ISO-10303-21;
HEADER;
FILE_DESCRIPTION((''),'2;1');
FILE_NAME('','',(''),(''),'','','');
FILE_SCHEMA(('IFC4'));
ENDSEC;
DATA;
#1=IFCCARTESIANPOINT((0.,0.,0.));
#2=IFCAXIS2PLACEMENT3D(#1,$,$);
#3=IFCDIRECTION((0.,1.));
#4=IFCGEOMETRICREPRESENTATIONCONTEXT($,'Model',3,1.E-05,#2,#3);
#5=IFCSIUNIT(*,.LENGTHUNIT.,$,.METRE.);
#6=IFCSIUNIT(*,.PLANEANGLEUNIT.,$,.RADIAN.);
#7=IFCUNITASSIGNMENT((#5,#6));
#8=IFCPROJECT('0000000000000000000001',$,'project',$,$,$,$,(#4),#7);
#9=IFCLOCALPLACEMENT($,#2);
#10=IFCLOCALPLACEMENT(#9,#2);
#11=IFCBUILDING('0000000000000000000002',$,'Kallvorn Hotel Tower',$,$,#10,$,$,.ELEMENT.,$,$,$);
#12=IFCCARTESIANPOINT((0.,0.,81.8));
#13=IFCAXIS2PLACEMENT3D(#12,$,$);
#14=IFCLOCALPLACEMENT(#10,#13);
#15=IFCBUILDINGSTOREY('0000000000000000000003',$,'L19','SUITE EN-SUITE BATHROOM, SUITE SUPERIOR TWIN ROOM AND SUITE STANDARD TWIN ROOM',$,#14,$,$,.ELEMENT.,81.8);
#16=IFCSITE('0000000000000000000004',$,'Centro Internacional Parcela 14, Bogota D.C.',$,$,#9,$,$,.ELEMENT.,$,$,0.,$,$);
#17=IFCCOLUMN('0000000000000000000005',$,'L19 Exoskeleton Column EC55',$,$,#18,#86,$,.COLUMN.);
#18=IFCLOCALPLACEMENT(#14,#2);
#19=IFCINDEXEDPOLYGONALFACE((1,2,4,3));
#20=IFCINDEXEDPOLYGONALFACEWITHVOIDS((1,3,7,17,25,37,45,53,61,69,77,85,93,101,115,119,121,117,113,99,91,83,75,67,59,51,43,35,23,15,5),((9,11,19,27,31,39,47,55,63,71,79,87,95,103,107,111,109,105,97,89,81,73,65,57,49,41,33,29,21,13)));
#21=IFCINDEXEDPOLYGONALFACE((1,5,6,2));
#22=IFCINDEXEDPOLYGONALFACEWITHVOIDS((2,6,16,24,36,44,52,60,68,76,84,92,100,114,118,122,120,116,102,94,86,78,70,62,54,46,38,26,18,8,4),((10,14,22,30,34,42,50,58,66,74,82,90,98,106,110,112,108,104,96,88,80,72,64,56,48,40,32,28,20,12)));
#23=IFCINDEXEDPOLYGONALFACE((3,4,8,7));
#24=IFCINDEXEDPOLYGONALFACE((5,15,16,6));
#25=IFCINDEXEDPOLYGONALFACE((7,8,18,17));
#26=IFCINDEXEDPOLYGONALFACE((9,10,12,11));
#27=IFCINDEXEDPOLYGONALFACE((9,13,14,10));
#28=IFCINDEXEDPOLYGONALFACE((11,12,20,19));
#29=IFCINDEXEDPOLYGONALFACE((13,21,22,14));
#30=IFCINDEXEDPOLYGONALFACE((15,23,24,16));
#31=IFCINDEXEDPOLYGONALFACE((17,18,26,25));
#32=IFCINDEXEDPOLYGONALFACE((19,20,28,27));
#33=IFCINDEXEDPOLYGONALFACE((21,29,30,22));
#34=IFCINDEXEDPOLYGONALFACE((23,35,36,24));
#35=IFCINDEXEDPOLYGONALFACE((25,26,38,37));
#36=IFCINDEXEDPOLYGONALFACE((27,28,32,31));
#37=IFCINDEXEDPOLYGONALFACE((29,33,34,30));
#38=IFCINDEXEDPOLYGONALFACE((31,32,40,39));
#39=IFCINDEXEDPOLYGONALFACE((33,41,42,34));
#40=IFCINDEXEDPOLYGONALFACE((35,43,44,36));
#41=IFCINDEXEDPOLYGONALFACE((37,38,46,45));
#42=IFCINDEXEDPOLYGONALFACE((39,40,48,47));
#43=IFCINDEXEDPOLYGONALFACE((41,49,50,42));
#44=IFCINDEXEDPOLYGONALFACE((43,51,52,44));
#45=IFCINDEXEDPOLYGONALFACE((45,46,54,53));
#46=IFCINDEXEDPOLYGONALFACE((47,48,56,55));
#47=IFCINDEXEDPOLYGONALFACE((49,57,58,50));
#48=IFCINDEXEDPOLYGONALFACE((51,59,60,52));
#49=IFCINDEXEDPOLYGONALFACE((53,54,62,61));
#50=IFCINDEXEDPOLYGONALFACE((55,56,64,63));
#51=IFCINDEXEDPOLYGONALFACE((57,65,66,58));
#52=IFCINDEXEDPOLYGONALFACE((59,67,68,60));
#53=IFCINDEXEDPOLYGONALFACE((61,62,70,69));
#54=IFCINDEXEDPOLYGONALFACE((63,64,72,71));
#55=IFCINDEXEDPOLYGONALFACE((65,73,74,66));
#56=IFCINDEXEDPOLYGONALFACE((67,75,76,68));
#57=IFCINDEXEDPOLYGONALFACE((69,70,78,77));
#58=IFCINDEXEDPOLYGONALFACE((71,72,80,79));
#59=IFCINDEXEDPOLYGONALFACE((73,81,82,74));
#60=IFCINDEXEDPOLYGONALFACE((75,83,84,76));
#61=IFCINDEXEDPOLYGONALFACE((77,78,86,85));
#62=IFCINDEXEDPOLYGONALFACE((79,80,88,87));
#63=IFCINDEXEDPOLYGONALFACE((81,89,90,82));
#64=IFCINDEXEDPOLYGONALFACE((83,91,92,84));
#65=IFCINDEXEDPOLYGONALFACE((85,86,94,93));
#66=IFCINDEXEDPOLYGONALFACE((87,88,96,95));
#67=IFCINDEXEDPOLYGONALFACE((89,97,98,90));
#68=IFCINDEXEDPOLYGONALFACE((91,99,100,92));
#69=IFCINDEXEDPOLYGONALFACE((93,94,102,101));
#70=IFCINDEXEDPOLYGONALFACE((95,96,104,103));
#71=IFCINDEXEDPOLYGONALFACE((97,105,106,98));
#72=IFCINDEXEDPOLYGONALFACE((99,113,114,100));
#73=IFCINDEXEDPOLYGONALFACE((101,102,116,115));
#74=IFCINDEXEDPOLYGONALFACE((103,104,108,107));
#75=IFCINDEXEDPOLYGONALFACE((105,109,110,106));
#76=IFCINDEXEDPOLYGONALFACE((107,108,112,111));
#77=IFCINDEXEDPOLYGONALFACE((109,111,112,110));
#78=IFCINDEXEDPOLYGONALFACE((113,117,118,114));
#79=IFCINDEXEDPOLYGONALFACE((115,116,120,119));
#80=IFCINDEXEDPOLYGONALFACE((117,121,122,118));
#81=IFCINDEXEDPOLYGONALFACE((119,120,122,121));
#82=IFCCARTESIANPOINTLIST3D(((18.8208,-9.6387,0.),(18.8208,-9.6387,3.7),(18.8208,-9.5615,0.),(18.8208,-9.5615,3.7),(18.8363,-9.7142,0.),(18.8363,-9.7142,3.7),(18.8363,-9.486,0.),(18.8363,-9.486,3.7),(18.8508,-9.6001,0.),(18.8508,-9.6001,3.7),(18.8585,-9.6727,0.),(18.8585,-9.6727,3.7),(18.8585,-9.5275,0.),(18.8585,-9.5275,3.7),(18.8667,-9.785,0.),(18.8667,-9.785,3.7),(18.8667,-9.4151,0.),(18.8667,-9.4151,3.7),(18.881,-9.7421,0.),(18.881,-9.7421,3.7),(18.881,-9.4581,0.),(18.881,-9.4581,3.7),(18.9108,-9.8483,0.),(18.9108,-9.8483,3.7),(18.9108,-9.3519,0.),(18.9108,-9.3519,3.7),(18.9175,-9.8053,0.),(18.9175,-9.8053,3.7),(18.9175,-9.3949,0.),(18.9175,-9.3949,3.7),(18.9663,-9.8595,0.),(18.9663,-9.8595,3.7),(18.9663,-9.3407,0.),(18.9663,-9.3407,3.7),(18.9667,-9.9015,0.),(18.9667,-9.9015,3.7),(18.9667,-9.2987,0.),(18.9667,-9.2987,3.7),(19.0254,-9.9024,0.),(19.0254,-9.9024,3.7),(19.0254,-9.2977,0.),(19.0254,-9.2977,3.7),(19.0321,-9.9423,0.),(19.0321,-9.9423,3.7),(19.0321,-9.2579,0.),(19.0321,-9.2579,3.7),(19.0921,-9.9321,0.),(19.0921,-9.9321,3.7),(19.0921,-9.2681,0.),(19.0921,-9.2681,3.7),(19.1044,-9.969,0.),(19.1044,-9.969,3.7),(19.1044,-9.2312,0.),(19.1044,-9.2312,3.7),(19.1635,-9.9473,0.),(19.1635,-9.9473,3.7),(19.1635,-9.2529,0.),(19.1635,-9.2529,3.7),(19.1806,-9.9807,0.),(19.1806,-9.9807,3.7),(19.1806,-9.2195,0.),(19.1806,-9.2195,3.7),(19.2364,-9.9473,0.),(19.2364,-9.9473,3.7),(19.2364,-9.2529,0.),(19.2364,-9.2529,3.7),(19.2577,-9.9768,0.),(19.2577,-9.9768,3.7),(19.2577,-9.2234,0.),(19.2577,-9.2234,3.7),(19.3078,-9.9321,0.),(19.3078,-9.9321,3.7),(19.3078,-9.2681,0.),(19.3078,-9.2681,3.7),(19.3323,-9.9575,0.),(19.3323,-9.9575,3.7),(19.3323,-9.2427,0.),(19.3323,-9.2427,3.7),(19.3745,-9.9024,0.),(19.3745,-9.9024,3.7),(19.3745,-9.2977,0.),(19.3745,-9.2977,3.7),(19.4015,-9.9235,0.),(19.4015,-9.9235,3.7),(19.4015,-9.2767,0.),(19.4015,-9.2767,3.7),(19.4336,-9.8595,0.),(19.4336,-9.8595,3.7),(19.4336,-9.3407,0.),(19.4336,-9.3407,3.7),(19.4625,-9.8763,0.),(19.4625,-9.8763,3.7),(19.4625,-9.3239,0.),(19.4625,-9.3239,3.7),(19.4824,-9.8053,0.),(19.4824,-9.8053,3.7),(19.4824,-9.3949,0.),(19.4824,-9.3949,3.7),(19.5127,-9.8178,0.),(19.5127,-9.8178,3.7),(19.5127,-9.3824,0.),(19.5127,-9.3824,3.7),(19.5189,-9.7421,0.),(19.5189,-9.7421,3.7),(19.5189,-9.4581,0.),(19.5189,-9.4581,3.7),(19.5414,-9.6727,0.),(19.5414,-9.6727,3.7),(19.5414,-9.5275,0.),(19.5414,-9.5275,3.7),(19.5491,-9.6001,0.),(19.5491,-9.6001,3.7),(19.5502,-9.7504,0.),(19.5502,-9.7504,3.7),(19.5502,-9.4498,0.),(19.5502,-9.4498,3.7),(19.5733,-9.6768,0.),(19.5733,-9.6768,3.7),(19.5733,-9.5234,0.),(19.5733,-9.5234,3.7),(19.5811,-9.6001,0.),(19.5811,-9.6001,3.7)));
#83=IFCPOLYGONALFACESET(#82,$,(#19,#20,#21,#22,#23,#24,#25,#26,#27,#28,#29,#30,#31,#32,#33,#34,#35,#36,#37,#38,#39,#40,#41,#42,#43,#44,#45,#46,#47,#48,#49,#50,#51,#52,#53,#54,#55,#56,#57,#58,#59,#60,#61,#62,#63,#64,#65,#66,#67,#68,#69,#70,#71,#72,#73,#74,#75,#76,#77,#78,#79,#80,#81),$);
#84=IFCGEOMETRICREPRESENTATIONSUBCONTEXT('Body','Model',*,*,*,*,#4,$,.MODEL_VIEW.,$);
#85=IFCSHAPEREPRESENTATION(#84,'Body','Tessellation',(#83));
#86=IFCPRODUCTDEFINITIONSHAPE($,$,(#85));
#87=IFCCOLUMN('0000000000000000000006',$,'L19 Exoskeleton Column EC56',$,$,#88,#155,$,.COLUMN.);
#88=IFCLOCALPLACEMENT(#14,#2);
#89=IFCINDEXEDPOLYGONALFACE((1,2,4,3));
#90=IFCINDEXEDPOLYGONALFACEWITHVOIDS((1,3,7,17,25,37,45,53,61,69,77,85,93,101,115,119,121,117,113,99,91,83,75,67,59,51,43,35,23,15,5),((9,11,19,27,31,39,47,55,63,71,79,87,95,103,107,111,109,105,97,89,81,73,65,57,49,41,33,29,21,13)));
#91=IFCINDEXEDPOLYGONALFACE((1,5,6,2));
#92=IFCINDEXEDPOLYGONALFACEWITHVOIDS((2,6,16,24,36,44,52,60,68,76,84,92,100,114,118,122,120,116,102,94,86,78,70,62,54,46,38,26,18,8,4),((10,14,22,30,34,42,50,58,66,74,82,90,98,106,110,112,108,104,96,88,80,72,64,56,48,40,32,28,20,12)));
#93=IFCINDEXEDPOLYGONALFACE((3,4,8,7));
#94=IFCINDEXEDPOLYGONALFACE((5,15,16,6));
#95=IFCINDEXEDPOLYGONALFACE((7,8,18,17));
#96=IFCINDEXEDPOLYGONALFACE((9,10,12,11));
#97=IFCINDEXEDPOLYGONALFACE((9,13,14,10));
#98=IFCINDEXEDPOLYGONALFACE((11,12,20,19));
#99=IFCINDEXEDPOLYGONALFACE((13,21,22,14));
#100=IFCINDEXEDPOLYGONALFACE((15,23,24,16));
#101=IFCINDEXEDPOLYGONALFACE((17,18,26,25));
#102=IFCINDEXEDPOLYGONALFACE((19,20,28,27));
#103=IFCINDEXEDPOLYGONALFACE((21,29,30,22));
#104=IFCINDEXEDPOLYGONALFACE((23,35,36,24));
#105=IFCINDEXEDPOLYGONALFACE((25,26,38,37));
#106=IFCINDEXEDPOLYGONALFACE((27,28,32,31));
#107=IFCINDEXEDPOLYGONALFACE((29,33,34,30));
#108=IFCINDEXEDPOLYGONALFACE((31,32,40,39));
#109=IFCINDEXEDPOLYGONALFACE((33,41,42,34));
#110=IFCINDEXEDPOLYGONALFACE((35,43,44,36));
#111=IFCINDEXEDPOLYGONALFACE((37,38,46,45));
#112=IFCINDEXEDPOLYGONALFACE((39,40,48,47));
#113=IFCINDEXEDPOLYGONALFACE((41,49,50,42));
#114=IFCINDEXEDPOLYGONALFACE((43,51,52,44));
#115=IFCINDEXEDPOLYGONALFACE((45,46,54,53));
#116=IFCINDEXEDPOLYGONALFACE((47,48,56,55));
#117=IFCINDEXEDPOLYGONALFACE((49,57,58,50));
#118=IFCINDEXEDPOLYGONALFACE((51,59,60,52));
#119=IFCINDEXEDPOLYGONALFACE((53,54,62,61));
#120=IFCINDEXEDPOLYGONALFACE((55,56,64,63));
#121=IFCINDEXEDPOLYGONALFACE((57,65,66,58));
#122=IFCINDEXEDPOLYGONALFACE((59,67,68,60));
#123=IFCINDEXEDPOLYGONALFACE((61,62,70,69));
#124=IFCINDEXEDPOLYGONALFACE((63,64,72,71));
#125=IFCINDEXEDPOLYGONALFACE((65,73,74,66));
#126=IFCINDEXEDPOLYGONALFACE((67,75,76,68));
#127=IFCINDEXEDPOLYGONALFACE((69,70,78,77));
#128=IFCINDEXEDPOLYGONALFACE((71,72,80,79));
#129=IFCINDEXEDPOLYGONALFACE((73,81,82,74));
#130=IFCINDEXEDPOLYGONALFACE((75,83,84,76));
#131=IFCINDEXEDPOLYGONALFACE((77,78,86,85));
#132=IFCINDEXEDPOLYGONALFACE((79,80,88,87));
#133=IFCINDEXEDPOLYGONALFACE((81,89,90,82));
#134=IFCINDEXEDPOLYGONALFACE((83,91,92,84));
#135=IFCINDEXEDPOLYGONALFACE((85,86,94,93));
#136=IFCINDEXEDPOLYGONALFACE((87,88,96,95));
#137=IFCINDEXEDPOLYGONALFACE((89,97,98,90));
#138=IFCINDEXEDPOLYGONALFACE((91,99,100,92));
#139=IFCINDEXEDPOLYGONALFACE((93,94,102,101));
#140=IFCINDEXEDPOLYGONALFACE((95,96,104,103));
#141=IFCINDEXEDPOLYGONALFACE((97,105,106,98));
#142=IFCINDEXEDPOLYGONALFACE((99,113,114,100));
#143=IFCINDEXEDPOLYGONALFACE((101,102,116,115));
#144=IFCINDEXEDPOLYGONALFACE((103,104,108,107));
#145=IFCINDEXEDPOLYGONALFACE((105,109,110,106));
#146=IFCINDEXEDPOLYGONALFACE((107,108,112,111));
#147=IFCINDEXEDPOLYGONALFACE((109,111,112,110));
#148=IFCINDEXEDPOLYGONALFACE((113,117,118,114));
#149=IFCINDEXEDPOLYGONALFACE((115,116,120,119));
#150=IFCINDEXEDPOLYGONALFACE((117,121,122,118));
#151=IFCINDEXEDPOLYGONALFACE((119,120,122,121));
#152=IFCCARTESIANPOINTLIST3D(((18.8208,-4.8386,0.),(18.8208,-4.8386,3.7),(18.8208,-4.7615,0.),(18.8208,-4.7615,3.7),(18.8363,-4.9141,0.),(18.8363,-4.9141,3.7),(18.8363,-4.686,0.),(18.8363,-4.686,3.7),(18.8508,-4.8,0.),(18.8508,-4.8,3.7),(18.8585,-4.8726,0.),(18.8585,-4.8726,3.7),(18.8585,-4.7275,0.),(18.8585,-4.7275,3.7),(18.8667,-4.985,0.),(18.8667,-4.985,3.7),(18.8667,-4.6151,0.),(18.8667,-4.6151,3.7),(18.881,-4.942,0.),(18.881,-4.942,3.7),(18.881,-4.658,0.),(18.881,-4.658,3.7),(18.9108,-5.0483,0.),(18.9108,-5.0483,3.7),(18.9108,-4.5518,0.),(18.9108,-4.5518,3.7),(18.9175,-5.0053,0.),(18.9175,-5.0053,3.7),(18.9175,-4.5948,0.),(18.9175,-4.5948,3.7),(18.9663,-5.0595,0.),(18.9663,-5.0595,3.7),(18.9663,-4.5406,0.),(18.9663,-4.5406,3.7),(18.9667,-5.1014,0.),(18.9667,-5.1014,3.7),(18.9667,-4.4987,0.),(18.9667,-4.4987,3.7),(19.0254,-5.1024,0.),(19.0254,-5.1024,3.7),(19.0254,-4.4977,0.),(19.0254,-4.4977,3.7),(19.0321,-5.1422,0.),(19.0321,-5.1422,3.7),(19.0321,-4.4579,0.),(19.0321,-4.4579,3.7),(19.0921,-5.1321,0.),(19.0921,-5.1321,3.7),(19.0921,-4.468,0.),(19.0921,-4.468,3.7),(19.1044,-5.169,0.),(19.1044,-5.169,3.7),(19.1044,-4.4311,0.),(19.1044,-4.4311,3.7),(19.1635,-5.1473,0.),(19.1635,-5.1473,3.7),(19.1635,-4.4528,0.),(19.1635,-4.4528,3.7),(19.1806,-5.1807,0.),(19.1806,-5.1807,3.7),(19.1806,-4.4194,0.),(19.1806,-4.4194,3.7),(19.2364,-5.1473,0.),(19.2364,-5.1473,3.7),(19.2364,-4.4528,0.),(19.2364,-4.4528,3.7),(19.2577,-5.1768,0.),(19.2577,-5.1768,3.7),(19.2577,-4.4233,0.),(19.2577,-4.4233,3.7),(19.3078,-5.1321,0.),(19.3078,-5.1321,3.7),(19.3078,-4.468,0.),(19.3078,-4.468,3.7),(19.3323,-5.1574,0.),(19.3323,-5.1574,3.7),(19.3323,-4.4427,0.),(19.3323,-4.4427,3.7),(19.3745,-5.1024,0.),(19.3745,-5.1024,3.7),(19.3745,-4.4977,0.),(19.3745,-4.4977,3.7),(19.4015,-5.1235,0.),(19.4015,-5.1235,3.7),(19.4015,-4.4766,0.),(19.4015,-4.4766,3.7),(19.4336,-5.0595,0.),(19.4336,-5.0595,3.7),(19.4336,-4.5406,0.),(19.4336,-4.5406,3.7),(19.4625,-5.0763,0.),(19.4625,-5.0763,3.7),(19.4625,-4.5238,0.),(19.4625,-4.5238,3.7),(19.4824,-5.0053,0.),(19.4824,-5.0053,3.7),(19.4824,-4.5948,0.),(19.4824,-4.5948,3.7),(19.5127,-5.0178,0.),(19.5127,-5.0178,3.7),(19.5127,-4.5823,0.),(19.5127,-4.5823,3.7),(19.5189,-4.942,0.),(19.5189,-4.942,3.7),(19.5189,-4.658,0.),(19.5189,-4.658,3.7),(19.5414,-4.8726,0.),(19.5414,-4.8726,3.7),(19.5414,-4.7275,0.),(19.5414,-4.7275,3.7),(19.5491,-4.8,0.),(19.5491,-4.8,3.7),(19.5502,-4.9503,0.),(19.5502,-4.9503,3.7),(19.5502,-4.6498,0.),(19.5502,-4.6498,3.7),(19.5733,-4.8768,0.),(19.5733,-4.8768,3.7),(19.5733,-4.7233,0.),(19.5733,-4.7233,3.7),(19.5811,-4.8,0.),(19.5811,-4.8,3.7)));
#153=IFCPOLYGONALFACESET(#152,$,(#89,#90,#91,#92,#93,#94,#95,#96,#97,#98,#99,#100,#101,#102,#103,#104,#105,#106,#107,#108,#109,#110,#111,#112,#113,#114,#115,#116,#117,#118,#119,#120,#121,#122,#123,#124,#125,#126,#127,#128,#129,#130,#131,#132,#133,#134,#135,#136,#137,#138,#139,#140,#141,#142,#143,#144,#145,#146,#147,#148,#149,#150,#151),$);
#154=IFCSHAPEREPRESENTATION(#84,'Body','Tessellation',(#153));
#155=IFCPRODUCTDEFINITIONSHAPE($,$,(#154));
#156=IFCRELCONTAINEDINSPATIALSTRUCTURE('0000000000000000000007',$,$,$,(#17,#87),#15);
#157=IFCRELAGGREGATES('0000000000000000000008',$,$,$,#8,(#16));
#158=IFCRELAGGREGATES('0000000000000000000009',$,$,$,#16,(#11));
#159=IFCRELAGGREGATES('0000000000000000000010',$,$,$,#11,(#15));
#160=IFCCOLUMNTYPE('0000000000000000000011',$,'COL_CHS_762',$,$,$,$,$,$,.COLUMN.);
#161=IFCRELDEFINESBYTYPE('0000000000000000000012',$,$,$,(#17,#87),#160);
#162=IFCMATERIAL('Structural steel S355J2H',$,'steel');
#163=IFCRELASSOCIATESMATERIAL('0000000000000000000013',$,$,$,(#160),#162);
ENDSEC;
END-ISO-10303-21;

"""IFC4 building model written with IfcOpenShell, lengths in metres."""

from ifc_helpers import new_model, si_unit, direction, frame, origin, origin_2d, place, context, subcontext, project, spatial, hollow_circle, extrude, material, material_profile, profile_set, type_object, element, save


model = new_model("IFC4")

# Units and contexts
model_context = context("Model", 3, precision=1e-05, world=origin(), true_north=direction((0.0, 1.0)))
body_context = subcontext(model_context, "Body", "Model", "MODEL_VIEW")
ifc_project = project(units=[si_unit("LENGTHUNIT", "METRE"), si_unit("PLANEANGLEUNIT", "RADIAN")], contexts=[model_context])

# Site, building, storey
site_placement = place(None, origin())
site = spatial("IfcSite", under=ifc_project, at=site_placement, Name="Centro Internacional Parcela 14, Bogota D.C.", CompositionType="ELEMENT", RefElevation=0.0)
building_placement = place(site_placement, origin())
building = spatial("IfcBuilding", under=site, at=building_placement, Name="Kallvorn Hotel Tower", CompositionType="ELEMENT")
storey_placement = place(building_placement, frame((0.0, 0.0, 81.8)))
storey = spatial("IfcBuildingStorey", under=building, at=storey_placement, Name="L19", Description="SUITE EN-SUITE BATHROOM, SUITE SUPERIOR TWIN ROOM AND SUITE STANDARD TWIN ROOM", CompositionType="ELEMENT", Elevation=81.8)

# Columns
ifc_material_1 = material(Name="Structural steel S355J2H", Category="steel")
ifc_material_profile_1 = material_profile(ifc_material_1, hollow_circle(Radius=0.3811, WallThickness=0.032, at=origin_2d()), Name="CHS 762x32")
ifc_profile_set_1 = profile_set([ifc_material_profile_1], Name="Structural steel S355J2H")
column_type_1 = type_object("IfcColumnType", Name="COL_CHS_762", PredefinedType="COLUMN", material=ifc_profile_set_1)
for number, where, z_axis, x_axis, name in (
    (1, (19.2, -9.6001, 0.0), (0.0, 0.0, 1.0), (1.0, 0.0, 0.0), "L19 Exoskeleton Column EC55"),
    (2, (19.2, -4.8, 0.0), (0.0, 0.0, 1.0), (1.0, 0.0, 0.0), "L19 Exoskeleton Column EC56"),
):
    element("IfcColumn", number, at=place(storey_placement, frame(where, z_axis=z_axis, x_axis=x_axis)), inside=storey, type_object=column_type_1, Name=name, PredefinedType="COLUMN", context=body_context, shape_type="SweptSolid", body=[
        extrude(hollow_circle(Radius=0.3811, WallThickness=0.032, at=origin_2d()), origin(), (0.0, 0.0, 1.0), 3.7),
    ])

save(model, "model.ifc")
